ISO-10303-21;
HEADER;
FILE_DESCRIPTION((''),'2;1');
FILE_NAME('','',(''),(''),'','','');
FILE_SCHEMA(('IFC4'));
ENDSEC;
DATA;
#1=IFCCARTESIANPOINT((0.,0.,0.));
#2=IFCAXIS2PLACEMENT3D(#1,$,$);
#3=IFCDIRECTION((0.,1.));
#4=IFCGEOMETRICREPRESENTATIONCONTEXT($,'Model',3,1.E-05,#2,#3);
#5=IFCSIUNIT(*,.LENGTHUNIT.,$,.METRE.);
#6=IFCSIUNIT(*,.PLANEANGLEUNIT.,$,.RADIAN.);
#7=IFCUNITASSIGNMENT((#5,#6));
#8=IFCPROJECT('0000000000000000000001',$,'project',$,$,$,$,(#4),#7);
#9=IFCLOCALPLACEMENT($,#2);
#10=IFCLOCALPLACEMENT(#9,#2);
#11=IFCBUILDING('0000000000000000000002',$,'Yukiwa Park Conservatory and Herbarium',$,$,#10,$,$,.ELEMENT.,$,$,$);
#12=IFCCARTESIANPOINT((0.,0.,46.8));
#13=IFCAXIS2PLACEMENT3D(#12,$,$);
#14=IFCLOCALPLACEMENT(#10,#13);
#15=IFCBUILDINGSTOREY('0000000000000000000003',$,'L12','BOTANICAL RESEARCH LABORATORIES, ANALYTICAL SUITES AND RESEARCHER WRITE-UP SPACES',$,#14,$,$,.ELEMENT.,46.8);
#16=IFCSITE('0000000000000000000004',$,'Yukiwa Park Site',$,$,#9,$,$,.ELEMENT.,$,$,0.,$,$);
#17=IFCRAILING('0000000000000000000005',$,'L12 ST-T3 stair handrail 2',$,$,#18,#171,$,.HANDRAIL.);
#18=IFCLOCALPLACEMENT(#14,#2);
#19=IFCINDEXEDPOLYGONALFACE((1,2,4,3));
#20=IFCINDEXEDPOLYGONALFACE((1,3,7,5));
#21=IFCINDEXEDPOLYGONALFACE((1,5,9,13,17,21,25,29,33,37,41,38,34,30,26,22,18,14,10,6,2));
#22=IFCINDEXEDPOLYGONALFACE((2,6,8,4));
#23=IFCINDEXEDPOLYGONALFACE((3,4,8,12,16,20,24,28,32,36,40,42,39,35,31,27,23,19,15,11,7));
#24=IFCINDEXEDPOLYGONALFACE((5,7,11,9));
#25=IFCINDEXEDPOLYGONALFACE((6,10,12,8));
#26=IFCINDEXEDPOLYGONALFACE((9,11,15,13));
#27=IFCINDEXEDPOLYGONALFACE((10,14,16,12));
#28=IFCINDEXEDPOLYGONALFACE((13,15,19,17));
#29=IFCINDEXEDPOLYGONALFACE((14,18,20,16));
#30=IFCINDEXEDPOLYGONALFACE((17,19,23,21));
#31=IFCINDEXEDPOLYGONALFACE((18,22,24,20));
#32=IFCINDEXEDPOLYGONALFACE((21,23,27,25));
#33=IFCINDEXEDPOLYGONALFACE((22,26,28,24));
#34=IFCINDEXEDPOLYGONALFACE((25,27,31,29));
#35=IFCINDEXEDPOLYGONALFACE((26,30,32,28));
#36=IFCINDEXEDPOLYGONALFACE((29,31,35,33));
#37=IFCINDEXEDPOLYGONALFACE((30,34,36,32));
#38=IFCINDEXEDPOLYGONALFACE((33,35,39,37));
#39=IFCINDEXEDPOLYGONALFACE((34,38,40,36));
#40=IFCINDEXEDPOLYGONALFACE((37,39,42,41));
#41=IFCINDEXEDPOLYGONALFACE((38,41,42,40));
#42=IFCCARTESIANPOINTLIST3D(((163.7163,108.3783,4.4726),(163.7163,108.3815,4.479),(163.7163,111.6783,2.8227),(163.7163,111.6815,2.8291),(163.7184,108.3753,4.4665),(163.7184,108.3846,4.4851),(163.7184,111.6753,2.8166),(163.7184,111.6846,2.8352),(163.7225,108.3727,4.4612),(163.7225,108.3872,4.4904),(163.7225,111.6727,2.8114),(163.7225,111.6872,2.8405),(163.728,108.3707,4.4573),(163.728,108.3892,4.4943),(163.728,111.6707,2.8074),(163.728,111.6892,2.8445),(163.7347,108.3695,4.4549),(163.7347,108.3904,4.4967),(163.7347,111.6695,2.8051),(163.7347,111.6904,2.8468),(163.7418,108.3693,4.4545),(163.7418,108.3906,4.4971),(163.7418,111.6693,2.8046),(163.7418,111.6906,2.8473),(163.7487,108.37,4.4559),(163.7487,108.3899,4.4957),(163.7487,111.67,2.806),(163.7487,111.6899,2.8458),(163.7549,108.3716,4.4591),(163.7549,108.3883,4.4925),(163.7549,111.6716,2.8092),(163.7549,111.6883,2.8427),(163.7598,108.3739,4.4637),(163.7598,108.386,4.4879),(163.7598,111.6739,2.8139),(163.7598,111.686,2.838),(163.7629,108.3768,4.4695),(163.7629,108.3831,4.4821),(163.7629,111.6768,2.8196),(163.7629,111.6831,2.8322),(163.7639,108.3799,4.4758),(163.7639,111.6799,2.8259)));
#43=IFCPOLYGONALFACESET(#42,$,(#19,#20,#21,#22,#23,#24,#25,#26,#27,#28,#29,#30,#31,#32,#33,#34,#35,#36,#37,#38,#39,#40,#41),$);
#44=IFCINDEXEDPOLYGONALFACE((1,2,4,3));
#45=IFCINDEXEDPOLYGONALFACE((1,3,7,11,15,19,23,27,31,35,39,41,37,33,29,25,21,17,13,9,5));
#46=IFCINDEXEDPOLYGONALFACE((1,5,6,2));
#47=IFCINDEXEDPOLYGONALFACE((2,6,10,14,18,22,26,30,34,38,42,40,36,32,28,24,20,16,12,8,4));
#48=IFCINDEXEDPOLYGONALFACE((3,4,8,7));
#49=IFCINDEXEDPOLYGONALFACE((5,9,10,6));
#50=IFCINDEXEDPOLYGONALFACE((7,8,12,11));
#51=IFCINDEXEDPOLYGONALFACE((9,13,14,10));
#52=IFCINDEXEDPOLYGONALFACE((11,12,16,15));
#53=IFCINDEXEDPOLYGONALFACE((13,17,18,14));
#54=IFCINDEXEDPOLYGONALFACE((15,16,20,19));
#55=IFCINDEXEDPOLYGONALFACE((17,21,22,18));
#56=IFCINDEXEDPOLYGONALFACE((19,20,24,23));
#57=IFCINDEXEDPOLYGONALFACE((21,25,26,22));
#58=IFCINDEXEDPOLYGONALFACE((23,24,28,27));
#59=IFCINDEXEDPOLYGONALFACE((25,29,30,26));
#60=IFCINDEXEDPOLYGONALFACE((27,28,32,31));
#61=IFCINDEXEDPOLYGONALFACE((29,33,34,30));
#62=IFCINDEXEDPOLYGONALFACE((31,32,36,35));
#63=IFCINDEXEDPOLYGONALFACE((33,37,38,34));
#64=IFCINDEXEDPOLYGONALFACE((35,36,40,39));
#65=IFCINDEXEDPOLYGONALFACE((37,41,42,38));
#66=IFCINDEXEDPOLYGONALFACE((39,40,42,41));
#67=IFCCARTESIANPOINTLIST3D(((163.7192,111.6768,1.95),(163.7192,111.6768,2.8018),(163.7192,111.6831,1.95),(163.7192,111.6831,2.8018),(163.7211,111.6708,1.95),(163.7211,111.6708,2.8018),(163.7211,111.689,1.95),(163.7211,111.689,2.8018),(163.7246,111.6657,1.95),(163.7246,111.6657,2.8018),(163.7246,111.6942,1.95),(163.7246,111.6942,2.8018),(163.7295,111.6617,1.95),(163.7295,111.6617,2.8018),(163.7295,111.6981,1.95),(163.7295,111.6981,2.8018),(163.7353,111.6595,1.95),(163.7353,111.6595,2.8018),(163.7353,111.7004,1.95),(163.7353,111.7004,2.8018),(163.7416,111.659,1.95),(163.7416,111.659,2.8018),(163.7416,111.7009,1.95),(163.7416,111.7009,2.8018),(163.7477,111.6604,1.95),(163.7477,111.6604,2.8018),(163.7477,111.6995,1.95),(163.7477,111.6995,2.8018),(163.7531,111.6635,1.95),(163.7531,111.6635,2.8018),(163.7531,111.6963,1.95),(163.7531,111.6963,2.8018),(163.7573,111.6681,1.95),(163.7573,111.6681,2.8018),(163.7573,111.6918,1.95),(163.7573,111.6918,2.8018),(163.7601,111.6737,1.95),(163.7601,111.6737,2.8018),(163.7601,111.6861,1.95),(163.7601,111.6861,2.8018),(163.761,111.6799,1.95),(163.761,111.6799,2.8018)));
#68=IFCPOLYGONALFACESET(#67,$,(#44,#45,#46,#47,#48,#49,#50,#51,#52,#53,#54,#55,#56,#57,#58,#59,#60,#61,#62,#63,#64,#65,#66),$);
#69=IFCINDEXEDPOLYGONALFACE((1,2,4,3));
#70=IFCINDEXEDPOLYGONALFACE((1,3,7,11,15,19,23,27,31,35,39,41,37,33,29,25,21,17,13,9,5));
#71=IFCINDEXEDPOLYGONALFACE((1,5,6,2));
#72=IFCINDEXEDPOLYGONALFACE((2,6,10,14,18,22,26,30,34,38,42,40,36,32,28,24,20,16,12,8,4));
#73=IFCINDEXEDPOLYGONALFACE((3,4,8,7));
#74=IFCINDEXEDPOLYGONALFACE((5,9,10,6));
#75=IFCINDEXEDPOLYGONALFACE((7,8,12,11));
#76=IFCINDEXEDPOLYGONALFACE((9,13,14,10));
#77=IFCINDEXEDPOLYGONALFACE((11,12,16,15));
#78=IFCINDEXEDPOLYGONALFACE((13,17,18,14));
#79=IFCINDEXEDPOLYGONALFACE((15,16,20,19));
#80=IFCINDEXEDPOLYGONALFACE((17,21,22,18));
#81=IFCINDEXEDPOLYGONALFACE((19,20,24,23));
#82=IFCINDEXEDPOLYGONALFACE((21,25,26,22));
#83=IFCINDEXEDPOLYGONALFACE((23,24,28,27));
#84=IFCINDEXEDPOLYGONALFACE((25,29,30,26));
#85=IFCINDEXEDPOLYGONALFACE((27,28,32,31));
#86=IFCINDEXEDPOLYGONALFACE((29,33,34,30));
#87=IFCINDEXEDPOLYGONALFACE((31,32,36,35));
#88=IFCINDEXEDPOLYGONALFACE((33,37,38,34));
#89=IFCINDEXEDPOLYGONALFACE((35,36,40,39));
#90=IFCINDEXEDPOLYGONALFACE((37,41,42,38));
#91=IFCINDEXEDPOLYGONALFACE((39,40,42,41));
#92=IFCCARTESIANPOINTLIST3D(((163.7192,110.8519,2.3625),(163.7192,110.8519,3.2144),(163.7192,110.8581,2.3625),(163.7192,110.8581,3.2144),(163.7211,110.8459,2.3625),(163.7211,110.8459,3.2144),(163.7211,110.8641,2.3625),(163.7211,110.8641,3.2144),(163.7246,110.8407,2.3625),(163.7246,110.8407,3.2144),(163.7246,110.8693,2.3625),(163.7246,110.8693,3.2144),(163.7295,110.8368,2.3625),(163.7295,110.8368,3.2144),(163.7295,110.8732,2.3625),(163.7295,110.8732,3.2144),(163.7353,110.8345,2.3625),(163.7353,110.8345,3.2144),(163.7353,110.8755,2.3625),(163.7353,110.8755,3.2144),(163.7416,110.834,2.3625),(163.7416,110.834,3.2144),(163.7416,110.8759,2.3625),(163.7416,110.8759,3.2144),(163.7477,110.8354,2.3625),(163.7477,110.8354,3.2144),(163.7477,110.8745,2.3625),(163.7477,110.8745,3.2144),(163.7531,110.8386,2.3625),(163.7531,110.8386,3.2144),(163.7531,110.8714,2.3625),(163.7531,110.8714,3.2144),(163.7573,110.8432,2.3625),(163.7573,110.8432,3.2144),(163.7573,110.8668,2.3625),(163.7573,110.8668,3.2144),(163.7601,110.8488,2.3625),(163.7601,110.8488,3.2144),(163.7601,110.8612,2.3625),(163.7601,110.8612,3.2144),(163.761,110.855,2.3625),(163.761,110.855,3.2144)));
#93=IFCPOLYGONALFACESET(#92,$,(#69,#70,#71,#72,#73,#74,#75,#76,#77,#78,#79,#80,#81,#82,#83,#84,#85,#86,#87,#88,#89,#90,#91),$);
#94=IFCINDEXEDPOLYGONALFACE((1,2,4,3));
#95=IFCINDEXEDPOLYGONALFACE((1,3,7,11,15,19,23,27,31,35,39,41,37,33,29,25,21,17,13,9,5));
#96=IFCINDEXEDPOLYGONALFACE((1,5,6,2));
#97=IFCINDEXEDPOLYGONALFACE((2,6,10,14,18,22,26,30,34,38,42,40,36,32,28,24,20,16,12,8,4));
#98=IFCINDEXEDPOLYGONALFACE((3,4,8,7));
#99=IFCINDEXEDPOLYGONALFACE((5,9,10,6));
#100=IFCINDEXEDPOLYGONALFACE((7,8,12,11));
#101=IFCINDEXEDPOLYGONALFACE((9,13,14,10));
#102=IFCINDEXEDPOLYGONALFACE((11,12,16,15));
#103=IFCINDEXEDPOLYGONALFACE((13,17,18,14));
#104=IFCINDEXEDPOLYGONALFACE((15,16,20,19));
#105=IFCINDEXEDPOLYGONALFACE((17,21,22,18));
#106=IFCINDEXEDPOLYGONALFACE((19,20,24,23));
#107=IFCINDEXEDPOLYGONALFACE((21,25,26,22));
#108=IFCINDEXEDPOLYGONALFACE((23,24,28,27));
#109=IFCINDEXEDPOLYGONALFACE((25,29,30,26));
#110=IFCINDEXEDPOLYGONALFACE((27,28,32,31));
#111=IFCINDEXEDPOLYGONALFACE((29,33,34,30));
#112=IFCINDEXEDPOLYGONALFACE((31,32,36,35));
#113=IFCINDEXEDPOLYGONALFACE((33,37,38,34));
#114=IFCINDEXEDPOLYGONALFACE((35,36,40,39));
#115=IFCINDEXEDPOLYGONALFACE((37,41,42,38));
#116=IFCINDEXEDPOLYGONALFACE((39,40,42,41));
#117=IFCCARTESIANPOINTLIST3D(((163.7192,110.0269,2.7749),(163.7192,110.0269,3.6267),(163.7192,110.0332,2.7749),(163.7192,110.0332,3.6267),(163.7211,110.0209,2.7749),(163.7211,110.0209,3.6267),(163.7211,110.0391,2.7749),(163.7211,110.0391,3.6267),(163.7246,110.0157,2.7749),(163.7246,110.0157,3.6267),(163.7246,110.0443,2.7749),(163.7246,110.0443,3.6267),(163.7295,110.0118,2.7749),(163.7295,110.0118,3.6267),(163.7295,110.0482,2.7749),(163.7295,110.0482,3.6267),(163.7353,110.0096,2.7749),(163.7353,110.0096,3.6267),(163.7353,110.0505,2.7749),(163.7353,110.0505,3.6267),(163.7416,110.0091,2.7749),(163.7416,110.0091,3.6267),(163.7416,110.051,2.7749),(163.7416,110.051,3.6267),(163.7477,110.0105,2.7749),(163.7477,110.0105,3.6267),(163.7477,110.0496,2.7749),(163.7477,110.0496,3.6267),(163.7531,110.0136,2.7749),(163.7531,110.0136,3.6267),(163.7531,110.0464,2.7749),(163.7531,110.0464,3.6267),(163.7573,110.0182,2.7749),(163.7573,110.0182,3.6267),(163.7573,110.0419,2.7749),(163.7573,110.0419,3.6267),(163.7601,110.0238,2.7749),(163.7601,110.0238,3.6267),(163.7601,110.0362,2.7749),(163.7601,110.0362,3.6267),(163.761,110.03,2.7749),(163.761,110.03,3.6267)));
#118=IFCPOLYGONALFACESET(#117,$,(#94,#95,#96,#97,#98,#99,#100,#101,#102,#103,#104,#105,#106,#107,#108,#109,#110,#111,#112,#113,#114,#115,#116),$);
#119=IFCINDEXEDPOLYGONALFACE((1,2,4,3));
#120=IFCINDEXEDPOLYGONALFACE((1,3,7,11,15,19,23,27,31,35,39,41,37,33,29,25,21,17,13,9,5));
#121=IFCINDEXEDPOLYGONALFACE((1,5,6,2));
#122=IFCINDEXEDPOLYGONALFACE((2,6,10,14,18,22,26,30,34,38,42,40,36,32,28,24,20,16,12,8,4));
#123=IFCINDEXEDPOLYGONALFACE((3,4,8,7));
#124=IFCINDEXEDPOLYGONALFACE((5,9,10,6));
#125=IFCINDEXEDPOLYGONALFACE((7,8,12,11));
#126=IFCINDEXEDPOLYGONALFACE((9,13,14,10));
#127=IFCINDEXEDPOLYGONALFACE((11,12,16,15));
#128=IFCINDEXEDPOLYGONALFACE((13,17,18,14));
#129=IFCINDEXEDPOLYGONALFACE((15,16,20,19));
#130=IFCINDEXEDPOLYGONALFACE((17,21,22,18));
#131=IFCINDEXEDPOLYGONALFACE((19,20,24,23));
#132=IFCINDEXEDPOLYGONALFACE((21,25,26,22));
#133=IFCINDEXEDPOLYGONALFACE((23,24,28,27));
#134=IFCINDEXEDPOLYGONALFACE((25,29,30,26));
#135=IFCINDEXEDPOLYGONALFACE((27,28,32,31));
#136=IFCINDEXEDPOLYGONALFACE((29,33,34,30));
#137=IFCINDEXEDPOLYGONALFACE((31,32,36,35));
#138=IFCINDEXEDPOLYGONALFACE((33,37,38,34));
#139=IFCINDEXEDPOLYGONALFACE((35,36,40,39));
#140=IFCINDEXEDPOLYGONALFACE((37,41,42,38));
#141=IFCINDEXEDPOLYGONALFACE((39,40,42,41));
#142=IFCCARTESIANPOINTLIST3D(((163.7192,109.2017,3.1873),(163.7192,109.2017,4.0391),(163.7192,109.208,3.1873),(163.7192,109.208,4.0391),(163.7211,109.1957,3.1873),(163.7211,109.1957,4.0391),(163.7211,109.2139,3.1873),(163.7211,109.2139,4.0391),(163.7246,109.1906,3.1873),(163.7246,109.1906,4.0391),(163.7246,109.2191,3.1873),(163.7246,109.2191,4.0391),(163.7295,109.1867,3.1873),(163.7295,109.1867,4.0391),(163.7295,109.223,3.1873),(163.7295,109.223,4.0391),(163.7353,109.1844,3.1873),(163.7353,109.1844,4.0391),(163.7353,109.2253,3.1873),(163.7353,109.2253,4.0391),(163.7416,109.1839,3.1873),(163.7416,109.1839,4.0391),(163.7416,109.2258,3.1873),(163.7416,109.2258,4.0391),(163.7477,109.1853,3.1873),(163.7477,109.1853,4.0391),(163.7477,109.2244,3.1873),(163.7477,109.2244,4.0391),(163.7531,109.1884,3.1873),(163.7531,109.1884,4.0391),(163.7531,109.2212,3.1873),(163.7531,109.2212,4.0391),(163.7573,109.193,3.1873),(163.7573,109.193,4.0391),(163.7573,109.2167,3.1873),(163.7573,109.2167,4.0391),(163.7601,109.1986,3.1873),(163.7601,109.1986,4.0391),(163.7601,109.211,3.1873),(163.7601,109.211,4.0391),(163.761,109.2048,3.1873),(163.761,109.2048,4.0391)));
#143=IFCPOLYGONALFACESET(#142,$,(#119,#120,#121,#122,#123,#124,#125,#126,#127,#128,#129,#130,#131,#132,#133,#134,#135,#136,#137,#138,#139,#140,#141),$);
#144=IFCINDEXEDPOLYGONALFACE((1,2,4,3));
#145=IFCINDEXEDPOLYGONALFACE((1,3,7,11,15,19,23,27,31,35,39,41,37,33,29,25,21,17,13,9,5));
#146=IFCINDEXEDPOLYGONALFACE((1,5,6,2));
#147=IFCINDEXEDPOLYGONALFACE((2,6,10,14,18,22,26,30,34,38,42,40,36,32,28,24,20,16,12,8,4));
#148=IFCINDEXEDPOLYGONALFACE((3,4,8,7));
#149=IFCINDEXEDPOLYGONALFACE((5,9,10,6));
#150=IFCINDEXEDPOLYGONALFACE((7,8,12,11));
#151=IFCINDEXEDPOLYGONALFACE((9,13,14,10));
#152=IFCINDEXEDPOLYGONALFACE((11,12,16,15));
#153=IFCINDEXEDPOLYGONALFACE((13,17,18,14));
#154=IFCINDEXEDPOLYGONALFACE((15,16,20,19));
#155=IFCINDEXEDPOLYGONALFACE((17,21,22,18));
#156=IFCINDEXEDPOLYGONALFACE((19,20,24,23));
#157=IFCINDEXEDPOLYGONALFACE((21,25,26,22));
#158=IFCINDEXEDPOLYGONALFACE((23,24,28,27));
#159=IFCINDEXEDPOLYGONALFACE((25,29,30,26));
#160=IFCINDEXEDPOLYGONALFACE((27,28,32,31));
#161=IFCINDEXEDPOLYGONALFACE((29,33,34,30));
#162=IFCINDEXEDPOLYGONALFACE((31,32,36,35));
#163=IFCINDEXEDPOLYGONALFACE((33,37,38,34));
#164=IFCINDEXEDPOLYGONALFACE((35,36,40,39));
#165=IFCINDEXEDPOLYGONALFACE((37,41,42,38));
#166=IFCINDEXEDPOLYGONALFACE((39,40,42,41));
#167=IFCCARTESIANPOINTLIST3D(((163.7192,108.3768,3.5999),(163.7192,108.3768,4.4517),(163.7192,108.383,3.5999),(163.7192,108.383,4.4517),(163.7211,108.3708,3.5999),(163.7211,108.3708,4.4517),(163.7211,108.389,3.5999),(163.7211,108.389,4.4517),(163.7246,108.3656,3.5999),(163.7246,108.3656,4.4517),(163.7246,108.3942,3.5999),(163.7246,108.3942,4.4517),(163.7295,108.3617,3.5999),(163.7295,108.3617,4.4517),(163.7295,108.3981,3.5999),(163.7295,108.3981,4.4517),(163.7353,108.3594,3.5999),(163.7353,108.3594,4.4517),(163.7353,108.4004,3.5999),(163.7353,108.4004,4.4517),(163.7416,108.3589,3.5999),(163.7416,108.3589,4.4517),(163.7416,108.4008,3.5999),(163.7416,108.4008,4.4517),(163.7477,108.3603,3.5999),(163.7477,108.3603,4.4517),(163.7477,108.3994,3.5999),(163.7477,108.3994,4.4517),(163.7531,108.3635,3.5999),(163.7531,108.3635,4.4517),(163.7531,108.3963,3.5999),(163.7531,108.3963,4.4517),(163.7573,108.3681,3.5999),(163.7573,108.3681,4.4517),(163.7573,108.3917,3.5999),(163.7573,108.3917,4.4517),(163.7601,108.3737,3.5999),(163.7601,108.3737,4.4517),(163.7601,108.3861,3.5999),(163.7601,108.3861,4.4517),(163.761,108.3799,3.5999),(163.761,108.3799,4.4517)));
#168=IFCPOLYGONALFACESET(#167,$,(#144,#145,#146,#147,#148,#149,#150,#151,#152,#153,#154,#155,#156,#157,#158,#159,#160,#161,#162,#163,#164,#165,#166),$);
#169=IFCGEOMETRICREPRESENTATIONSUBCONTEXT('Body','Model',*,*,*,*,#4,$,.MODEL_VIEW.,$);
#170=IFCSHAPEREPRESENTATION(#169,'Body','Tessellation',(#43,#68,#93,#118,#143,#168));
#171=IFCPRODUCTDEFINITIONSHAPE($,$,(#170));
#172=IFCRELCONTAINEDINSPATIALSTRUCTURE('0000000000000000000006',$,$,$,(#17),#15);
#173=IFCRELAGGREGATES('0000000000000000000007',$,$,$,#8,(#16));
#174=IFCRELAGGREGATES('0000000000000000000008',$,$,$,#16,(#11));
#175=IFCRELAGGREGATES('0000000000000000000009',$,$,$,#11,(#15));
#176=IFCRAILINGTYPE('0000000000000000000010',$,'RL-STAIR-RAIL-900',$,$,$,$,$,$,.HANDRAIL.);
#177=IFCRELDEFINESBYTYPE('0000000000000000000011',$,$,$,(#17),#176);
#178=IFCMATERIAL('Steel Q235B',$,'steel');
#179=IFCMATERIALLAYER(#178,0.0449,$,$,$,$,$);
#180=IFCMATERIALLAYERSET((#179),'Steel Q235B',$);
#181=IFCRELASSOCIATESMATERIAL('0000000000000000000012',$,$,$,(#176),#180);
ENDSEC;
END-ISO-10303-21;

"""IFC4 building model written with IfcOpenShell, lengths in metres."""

from ifc_helpers import new_model, si_unit, direction, frame, origin, origin_2d, place, context, subcontext, project, spatial, circle, extrude, material, layer, layer_set, type_object, element, save


model = new_model("IFC4")

# Units and contexts
model_context = context("Model", 3, precision=1e-05, world=origin(), true_north=direction((0.0, 1.0)))
body_context = subcontext(model_context, "Body", "Model", "MODEL_VIEW")
ifc_project = project(units=[si_unit("LENGTHUNIT", "METRE"), si_unit("PLANEANGLEUNIT", "RADIAN")], contexts=[model_context])

# Site, building, storey
site_placement = place(None, origin())
site = spatial("IfcSite", under=ifc_project, at=site_placement, Name="Yukiwa Park Site", CompositionType="ELEMENT", RefElevation=0.0)
building_placement = place(site_placement, origin())
building = spatial("IfcBuilding", under=site, at=building_placement, Name="Yukiwa Park Conservatory and Herbarium", CompositionType="ELEMENT")
storey_placement = place(building_placement, frame((0.0, 0.0, 46.8)))
storey = spatial("IfcBuildingStorey", under=building, at=storey_placement, Name="L12", Description="BOTANICAL RESEARCH LABORATORIES, ANALYTICAL SUITES AND RESEARCHER WRITE-UP SPACES", CompositionType="ELEMENT", Elevation=46.8)

# Railing
ifc_material_1 = material(Name="Steel Q235B", Category="steel")
ifc_layer_1 = layer(ifc_material_1, 0.0449)
ifc_layer_set_1 = layer_set([ifc_layer_1], Name="Steel Q235B")
railing_type_1 = type_object("IfcRailingType", Name="RL-STAIR-RAIL-900", PredefinedType="HANDRAIL", material=ifc_layer_set_1)
railing_1_placement = place(storey_placement, frame((163.74, 111.6799, 1.95)))
element("IfcRailing", 1, at=railing_1_placement, inside=storey, type_object=railing_type_1, Name="L12 ST-T3 stair handrail 2", PredefinedType="HANDRAIL", context=body_context, shape_type="SweptSolid", body=[
    extrude(circle(Radius=0.0239, at=origin_2d()), frame((0.0, 0.0, 0.876), z_axis=(0.0, -0.89444, 0.447187), x_axis=(1.0, 0.0, 0.0)), (0.0, 0.0, 1.0), 3.6895),
    extrude(circle(Radius=0.021, at=origin_2d()), origin(), (0.0, 0.0, 1.0), 0.8518),
    extrude(circle(Radius=0.021, at=origin_2d()), frame((0.0, -0.825, 0.4126)), (0.0, 0.0, 1.0), 0.8518),
    extrude(circle(Radius=0.021, at=origin_2d()), frame((0.0, -1.6499, 0.825)), (0.0, 0.0, 1.0), 0.8518),
    extrude(circle(Radius=0.021, at=origin_2d()), frame((0.0, -2.4751, 1.2373)), (0.0, 0.0, 1.0), 0.8518),
    extrude(circle(Radius=0.021, at=origin_2d()), frame((0.0, -3.3, 1.6499)), (0.0, 0.0, 1.0), 0.8518),
])

save(model, "model.ifc")
